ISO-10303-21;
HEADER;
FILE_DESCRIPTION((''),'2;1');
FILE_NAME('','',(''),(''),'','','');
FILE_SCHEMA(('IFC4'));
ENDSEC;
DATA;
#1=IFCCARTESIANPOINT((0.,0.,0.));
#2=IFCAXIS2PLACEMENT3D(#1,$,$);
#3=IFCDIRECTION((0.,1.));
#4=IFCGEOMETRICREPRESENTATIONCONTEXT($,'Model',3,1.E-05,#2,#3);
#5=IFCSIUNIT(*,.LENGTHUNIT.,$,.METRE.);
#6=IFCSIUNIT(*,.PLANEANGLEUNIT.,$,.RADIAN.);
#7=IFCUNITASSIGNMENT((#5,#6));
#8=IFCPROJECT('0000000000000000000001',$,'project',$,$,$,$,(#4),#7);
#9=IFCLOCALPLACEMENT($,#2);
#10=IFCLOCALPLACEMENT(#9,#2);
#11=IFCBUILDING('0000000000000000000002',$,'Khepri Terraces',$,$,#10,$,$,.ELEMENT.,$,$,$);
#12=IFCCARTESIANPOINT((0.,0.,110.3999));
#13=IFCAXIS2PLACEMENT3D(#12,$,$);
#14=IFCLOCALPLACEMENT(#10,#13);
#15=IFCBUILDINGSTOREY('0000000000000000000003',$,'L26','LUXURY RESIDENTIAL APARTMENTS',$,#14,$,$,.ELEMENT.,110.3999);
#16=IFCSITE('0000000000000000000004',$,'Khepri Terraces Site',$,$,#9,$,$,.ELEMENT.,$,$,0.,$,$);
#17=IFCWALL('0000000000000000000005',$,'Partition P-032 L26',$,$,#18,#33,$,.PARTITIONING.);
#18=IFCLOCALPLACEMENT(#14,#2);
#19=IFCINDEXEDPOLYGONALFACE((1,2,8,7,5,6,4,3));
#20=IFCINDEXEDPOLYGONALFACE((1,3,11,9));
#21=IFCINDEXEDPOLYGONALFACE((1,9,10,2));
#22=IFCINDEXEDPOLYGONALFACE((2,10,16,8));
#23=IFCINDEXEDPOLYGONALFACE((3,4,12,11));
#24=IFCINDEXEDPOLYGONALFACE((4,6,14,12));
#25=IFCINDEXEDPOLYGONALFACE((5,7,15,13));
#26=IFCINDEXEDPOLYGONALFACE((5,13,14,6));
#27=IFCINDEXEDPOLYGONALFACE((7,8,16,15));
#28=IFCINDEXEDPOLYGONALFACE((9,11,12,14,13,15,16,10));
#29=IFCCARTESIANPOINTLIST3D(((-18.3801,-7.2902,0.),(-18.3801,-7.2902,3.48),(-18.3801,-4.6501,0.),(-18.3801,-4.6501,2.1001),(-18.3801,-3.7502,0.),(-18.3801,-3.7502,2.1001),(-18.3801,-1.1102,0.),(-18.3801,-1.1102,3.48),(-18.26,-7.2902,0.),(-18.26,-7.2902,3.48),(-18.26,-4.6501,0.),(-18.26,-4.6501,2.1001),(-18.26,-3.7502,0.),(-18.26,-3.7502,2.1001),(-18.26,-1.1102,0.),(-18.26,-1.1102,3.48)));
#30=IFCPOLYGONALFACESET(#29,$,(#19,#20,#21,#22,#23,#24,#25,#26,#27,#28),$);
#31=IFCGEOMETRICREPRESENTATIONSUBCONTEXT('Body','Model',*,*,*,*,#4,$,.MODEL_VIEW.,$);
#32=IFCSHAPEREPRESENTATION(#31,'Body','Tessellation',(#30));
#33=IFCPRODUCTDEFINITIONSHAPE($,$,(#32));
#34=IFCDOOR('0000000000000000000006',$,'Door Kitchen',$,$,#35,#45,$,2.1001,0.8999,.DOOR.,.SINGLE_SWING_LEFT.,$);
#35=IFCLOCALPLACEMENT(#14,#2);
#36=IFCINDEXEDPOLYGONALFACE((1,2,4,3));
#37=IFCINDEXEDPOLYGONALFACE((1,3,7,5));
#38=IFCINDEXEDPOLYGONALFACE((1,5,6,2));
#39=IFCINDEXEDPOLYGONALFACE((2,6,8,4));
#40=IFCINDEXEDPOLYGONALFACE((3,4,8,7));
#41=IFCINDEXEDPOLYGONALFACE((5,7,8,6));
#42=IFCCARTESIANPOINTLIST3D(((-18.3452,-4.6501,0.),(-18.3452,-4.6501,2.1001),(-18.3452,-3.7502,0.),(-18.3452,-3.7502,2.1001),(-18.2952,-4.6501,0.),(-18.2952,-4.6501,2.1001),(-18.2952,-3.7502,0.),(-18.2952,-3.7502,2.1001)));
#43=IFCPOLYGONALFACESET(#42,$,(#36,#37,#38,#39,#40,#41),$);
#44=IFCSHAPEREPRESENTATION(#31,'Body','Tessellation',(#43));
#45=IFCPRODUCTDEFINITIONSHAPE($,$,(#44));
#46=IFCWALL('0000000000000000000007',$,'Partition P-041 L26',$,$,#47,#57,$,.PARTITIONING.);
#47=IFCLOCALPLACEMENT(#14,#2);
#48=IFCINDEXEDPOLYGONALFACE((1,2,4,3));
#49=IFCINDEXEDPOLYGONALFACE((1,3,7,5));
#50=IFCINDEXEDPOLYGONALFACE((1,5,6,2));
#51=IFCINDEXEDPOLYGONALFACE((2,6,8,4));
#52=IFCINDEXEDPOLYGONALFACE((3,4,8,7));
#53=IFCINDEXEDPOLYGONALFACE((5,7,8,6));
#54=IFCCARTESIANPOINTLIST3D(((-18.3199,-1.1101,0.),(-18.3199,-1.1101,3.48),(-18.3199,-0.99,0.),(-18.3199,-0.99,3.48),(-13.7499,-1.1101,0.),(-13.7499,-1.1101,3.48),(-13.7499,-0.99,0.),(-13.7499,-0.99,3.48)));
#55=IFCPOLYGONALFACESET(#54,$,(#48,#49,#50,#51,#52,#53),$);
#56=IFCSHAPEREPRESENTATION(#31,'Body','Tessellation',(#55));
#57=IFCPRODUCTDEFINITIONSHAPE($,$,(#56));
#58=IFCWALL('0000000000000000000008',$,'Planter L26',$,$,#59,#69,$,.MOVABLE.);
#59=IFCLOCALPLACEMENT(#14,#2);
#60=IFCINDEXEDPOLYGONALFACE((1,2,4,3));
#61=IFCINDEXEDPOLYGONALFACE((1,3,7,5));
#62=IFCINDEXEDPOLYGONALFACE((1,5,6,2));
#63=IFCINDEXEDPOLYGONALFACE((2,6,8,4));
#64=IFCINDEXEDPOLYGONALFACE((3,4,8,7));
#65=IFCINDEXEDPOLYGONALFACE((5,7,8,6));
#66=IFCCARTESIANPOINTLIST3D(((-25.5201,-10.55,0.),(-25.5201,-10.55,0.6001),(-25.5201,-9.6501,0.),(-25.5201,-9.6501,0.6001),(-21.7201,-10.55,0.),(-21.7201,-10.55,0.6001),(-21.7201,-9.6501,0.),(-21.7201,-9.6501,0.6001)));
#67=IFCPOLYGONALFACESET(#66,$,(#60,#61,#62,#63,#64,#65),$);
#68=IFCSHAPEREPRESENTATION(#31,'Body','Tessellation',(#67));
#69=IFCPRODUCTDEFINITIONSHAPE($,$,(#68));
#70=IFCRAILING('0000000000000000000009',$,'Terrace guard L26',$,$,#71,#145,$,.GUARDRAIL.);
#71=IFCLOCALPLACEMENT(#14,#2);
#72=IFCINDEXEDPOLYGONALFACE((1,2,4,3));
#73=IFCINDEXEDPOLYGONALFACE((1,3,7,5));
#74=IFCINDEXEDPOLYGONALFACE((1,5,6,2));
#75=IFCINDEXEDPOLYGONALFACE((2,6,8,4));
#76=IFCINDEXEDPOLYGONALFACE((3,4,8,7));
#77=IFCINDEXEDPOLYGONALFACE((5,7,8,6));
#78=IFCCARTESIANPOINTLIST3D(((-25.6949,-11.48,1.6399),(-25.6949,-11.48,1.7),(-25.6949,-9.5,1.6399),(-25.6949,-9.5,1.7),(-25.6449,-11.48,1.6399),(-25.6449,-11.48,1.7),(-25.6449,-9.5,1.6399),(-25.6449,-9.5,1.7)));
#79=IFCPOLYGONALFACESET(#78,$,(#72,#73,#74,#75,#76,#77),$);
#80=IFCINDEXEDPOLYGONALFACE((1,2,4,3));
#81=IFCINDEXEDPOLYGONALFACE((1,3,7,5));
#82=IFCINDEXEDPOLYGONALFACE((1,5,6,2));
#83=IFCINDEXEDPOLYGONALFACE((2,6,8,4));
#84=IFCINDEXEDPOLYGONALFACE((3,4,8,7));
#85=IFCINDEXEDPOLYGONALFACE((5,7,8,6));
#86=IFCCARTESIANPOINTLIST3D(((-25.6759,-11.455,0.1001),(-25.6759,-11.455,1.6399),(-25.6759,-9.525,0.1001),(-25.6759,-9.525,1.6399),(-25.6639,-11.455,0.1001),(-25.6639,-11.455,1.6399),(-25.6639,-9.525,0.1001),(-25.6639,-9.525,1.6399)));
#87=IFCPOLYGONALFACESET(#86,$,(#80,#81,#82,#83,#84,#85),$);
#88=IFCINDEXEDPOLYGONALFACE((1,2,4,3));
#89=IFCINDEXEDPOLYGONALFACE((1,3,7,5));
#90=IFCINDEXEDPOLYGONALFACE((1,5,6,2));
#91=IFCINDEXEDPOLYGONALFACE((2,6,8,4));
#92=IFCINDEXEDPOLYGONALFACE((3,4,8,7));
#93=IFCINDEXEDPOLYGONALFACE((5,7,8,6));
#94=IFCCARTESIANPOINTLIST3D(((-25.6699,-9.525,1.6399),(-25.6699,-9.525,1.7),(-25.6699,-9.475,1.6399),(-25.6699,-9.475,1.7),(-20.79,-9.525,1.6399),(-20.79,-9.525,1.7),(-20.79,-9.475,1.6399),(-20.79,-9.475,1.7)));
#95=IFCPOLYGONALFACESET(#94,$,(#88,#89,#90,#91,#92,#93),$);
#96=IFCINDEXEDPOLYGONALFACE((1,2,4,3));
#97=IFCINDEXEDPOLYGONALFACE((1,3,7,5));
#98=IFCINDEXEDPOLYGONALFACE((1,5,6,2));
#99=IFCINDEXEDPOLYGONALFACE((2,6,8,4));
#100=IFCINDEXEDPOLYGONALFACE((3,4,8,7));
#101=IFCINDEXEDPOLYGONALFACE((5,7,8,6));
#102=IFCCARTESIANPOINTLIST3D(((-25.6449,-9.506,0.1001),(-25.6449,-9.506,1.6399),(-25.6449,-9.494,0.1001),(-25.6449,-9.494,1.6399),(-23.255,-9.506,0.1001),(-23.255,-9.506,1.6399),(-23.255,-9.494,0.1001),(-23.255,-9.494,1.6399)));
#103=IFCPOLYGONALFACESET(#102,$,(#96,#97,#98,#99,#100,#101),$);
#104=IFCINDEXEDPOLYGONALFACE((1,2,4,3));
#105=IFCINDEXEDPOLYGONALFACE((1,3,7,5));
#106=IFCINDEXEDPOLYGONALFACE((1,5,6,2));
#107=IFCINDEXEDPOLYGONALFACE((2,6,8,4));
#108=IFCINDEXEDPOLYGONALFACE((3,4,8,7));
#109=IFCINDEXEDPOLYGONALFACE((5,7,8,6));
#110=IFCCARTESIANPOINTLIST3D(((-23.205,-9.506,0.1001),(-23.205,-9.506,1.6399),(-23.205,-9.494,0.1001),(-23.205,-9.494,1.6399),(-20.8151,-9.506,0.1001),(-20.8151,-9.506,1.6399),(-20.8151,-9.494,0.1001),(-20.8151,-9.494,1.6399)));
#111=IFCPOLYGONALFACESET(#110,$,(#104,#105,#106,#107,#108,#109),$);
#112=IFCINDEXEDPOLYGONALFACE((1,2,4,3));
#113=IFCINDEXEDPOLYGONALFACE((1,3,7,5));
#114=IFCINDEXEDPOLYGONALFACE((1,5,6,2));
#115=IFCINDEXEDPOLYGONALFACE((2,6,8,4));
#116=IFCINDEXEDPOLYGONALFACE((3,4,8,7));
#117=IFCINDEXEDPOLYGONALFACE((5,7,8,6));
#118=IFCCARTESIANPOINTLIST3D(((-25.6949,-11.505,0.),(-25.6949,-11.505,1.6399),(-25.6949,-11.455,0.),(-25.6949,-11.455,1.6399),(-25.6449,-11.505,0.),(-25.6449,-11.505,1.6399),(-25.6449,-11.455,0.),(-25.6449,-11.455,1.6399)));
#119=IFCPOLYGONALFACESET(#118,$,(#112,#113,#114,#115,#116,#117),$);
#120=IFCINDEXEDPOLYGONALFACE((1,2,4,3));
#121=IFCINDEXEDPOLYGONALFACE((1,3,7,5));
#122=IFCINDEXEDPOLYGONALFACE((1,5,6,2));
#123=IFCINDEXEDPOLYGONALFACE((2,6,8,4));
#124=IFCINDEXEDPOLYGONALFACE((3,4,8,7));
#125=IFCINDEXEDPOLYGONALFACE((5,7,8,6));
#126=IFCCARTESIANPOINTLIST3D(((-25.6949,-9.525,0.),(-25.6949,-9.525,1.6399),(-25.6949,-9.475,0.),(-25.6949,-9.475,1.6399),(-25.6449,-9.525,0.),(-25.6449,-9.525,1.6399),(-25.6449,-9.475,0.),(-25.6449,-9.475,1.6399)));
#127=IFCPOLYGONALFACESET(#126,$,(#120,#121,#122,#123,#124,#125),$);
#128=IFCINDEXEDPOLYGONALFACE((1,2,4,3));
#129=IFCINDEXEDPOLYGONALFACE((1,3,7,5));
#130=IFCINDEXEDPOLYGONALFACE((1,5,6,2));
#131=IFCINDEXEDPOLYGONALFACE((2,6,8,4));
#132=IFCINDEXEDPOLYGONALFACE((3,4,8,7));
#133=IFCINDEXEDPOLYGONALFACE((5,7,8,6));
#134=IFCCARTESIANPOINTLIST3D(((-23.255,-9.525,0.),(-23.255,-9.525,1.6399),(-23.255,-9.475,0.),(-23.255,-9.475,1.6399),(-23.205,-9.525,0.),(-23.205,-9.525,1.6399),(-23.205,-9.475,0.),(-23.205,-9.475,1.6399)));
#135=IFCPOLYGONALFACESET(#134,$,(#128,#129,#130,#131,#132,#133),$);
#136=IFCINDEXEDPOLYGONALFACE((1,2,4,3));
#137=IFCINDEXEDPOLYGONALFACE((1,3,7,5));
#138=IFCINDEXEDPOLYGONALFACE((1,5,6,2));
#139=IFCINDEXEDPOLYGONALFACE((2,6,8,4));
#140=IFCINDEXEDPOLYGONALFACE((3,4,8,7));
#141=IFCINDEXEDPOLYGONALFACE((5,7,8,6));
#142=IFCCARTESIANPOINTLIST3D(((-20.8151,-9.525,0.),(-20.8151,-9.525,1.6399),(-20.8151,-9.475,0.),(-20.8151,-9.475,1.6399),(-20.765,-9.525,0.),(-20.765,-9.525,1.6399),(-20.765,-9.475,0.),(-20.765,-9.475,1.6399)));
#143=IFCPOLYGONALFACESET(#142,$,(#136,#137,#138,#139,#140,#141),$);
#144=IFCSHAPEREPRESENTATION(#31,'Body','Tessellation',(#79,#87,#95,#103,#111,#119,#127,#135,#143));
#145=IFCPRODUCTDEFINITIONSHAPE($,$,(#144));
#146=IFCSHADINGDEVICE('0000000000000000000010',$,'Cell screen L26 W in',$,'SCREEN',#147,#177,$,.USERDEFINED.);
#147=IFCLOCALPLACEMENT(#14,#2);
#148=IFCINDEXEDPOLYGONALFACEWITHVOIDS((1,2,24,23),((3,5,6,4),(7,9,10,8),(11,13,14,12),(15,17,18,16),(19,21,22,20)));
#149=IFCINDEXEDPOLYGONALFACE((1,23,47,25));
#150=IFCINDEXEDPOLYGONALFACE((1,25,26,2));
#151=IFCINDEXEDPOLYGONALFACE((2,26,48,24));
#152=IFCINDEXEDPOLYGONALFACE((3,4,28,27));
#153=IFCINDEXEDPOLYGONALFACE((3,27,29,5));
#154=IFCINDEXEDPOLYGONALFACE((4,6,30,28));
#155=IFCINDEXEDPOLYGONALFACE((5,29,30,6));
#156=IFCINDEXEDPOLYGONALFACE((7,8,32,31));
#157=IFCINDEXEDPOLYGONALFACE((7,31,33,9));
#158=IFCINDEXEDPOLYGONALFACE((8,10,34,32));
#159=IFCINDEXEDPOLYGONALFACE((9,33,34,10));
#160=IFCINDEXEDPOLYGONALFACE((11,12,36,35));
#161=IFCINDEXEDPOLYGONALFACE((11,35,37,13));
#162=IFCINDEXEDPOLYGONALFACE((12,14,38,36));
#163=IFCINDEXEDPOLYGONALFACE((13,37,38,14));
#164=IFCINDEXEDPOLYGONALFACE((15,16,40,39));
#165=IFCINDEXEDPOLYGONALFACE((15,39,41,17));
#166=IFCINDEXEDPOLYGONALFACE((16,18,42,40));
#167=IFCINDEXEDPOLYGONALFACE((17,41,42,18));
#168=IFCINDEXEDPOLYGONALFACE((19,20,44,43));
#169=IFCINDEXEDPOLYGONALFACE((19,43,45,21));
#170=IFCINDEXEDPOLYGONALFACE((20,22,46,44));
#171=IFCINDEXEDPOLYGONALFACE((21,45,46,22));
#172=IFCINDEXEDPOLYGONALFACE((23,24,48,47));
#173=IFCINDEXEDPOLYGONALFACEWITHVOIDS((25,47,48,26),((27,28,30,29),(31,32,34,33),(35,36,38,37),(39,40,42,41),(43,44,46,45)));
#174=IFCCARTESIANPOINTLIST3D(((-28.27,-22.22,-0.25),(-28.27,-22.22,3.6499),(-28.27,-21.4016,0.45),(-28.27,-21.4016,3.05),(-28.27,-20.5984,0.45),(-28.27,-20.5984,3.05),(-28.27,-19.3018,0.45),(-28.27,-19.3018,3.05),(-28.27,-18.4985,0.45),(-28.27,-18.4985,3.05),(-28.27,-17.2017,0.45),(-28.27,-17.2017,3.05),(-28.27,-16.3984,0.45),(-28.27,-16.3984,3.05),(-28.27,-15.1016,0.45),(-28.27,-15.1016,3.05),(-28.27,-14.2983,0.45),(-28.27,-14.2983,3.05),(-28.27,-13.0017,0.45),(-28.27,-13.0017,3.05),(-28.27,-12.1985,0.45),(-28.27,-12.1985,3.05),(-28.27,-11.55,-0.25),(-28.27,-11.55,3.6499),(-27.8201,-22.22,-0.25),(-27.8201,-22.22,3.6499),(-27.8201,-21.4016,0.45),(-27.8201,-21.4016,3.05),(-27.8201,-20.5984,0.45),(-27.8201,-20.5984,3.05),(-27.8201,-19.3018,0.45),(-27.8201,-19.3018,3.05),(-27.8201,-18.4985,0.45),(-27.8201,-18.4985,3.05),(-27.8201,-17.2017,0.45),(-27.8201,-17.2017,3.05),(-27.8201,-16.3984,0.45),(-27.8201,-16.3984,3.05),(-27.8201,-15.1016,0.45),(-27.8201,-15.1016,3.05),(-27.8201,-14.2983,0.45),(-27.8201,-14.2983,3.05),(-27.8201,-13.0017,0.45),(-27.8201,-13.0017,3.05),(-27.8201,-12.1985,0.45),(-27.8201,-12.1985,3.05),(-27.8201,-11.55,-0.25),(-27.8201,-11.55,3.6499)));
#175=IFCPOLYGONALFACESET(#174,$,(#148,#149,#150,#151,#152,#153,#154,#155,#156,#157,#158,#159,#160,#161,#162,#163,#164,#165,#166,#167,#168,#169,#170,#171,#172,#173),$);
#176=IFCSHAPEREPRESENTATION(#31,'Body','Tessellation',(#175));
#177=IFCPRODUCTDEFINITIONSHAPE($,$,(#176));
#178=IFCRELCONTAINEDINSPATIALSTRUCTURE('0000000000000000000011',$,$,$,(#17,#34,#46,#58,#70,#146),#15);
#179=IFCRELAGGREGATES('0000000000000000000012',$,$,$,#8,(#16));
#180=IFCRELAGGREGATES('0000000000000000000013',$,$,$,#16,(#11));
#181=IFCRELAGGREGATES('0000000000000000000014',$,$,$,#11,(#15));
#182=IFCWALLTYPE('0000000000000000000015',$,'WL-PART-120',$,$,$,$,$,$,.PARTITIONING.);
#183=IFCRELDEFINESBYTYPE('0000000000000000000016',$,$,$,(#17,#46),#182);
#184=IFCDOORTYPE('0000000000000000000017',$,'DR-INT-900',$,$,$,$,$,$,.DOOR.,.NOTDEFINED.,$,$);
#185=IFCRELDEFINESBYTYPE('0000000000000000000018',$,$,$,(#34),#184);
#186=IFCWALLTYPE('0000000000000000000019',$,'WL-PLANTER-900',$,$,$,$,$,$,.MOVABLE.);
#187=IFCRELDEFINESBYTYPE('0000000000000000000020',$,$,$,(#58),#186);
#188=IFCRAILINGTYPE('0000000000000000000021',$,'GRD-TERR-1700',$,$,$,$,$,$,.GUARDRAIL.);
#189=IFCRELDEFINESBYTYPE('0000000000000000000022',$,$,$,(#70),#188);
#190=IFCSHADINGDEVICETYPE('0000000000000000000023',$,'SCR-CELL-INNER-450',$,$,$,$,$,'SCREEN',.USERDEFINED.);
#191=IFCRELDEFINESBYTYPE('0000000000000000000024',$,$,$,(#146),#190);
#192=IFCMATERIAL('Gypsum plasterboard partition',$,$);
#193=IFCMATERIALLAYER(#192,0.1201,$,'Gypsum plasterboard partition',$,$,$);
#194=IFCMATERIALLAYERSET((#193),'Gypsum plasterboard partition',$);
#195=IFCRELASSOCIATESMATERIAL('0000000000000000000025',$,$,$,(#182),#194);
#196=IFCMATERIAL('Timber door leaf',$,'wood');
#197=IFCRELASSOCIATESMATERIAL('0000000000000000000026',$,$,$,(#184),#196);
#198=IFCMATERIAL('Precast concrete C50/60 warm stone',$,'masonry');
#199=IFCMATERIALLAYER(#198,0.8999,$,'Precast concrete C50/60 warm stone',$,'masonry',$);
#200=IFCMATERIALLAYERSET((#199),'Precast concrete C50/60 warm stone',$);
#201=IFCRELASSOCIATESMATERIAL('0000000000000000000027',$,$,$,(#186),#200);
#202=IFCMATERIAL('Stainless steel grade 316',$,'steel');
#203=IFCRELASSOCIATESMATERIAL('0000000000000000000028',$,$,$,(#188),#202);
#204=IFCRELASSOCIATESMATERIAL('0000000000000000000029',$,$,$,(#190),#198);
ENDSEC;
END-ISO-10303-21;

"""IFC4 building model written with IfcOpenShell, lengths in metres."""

from ifc_helpers import new_model, si_unit, direction, frame, frame_2d, origin, origin_2d, place, context, subcontext, project, spatial, polyline, rectangle, outline, extrude, material, layer, layer_set, type_object, element, fill, save


model = new_model("IFC4")

# Units and contexts
model_context = context("Model", 3, precision=1e-05, world=origin(), true_north=direction((0.0, 1.0)))
body_context = subcontext(model_context, "Body", "Model", "MODEL_VIEW")
ifc_project = project(units=[si_unit("LENGTHUNIT", "METRE"), si_unit("PLANEANGLEUNIT", "RADIAN")], contexts=[model_context])

# Site, building, storey
site_placement = place(None, origin())
site = spatial("IfcSite", under=ifc_project, at=site_placement, Name="Khepri Terraces Site", CompositionType="ELEMENT", RefElevation=0.0)
building_placement = place(site_placement, origin())
building = spatial("IfcBuilding", under=site, at=building_placement, Name="Khepri Terraces", CompositionType="ELEMENT")
storey_placement = place(building_placement, frame((0.0, 0.0, 110.3999)))
storey = spatial("IfcBuildingStorey", under=building, at=storey_placement, Name="L26", Description="LUXURY RESIDENTIAL APARTMENTS", CompositionType="ELEMENT", Elevation=110.3999)

# Shared definitions
ifc_material_1 = material(Name="Gypsum plasterboard partition")
ifc_layer_1 = layer(ifc_material_1, 0.1201, Name="Gypsum plasterboard partition")
ifc_layer_set_1 = layer_set([ifc_layer_1], Name="Gypsum plasterboard partition")
wall_type_1 = type_object("IfcWallType", Name="WL-PART-120", PredefinedType="PARTITIONING", material=ifc_layer_set_1)

# Wall, opening, door
wall_1_placement = place(storey_placement, frame((-18.3201, -7.29, 0.0), z_axis=(0.0, 0.0, 1.0), x_axis=(0.0, 1.0, 0.0)))
wall_1 = element("IfcWall", 1, at=wall_1_placement, inside=storey, type_object=wall_type_1, Name="Partition P-032 L26", PredefinedType="PARTITIONING", context=body_context, shape_type="SweptSolid", body=[
    extrude(rectangle(XDim=6.1799, YDim=0.1201, at=frame_2d((3.0898, 0.0))), origin(), (0.0, 0.0, 1.0), 3.48),
])
opening_1_placement = place(wall_1_placement, frame((2.6399, 0.0, 0.0)))
opening_1 = element("IfcOpeningElement", 2, at=opening_1_placement, cuts=wall_1, PredefinedType="OPENING", context=body_context, shape_type="SweptSolid", body=[
    extrude(rectangle(XDim=0.8999, YDim=2.1001, at=frame_2d((0.45, 1.05))), frame((0.0, 0.0701, 0.0), z_axis=(0.0, -1.0, 0.0), x_axis=(1.0, 0.0, 0.0)), (0.0, 0.0, 1.0), 0.1401),
])
ifc_material_2 = material(Name="Timber door leaf", Category="wood")
door_type_1 = type_object("IfcDoorType", Name="DR-INT-900", OperationType="NOTDEFINED", PredefinedType="DOOR", material=ifc_material_2)
door_1_placement = place(opening_1_placement, frame((0.8999, 0.0, 0.0), z_axis=(0.0, 0.0, 1.0), x_axis=(-1.0, 0.0, 0.0)))
door_1 = element("IfcDoor", 3, at=door_1_placement, inside=storey, type_object=door_type_1, Name="Door Kitchen", OperationType="SINGLE_SWING_LEFT", OverallHeight=2.1001, OverallWidth=0.8999, PredefinedType="DOOR", context=body_context, shape_type="SweptSolid", body=[
    extrude(rectangle(XDim=0.8999, YDim=2.1001, at=frame_2d((0.45, 1.05))), frame((0.0, 0.0249, 0.0), z_axis=(0.0, -1.0, 0.0), x_axis=(1.0, 0.0, 0.0)), (0.0, 0.0, 1.0), 0.05),
])
fill(opening_1, door_1)

# Walls
wall_2_placement = place(storey_placement, frame((-18.3201, -1.05, 0.0), z_axis=(0.0, 0.0, 1.0), x_axis=(1.0, 0.0, 0.0)))
element("IfcWall", 4, at=wall_2_placement, inside=storey, type_object=wall_type_1, Name="Partition P-041 L26", PredefinedType="PARTITIONING", context=body_context, shape_type="SweptSolid", body=[
    extrude(rectangle(XDim=4.5701, YDim=0.1201, at=frame_2d((2.2852, 0.0))), origin(), (0.0, 0.0, 1.0), 3.48),
])
ifc_material_3 = material(Name="Precast concrete C50/60 warm stone", Category="masonry")
ifc_layer_2 = layer(ifc_material_3, 0.8999, Name="Precast concrete C50/60 warm stone", Category="masonry")
ifc_layer_set_2 = layer_set([ifc_layer_2], Name="Precast concrete C50/60 warm stone")
wall_type_2 = type_object("IfcWallType", Name="WL-PLANTER-900", PredefinedType="MOVABLE", material=ifc_layer_set_2)
wall_3_placement = place(storey_placement, frame((-25.52, -10.1001, 0.0), z_axis=(0.0, 0.0, 1.0), x_axis=(1.0, 0.0, 0.0)))
element("IfcWall", 5, at=wall_3_placement, inside=storey, type_object=wall_type_2, Name="Planter L26", PredefinedType="MOVABLE", context=body_context, shape_type="SweptSolid", body=[
    extrude(rectangle(XDim=3.8, YDim=0.8999, at=frame_2d((1.8999, 0.0))), origin(), (0.0, 0.0, 1.0), 0.6001),
])

# Railing
ifc_material_4 = material(Name="Stainless steel grade 316", Category="steel")
railing_type = type_object("IfcRailingType", Name="GRD-TERR-1700", PredefinedType="GUARDRAIL", material=ifc_material_4)
railing_placement = place(storey_placement, frame((-25.6699, -11.48, 0.0)))
element("IfcRailing", 6, at=railing_placement, inside=storey, type_object=railing_type, Name="Terrace guard L26", PredefinedType="GUARDRAIL", context=body_context, shape_type="SweptSolid", body=[
    extrude(rectangle(XDim=0.05, YDim=0.0601, at=origin_2d()), frame((0.0, 0.0, 1.6699), z_axis=(0.0, 1.0, 0.0), x_axis=(-1.0, 0.0, 0.0)), (0.0, 0.0, 1.0), 1.98),
    extrude(rectangle(XDim=1.9299, YDim=0.012, at=origin_2d()), frame((0.0, 0.99, 0.1001), z_axis=(0.0, 0.0, 1.0), x_axis=(0.0, 1.0, 0.0)), (0.0, 0.0, 1.0), 1.5398),
    extrude(rectangle(XDim=0.05, YDim=0.0601, at=origin_2d()), frame((0.0, 1.98, 1.6699), z_axis=(1.0, 0.0, 0.0), x_axis=(0.0, 1.0, 0.0)), (0.0, 0.0, 1.0), 4.8799),
    extrude(rectangle(XDim=2.3899, YDim=0.012, at=origin_2d()), frame((1.22, 1.98, 0.1001), z_axis=(0.0, 0.0, 1.0), x_axis=(1.0, 0.0, 0.0)), (0.0, 0.0, 1.0), 1.5398),
    extrude(rectangle(XDim=2.3899, YDim=0.012, at=origin_2d()), frame((3.6599, 1.98, 0.1001), z_axis=(0.0, 0.0, 1.0), x_axis=(1.0, 0.0, 0.0)), (0.0, 0.0, 1.0), 1.5398),
    extrude(rectangle(XDim=0.05, YDim=0.05, at=origin_2d()), origin(), (0.0, 0.0, 1.0), 1.6399),
    extrude(rectangle(XDim=0.05, YDim=0.05, at=origin_2d()), frame((0.0, 1.98, 0.0)), (0.0, 0.0, 1.0), 1.6399),
    extrude(rectangle(XDim=0.05, YDim=0.05, at=origin_2d()), frame((2.4399, 1.98, 0.0)), (0.0, 0.0, 1.0), 1.6399),
    extrude(rectangle(XDim=0.05, YDim=0.05, at=origin_2d()), frame((4.8799, 1.98, 0.0)), (0.0, 0.0, 1.0), 1.6399),
])

# Shading device
shading_device_type = type_object("IfcShadingDeviceType", Name="SCR-CELL-INNER-450", ElementType="SCREEN", PredefinedType="USERDEFINED", material=ifc_material_3)
shading_device_placement = place(storey_placement, frame((-27.8201, -11.55, -0.25), z_axis=(-1.0, 0.0, 0.0), x_axis=(0.0, -1.0, 0.0)))
element("IfcShadingDevice", 7, at=shading_device_placement, inside=storey, type_object=shading_device_type, Name="Cell screen L26 W in", ObjectType="SCREEN", PredefinedType="USERDEFINED", context=body_context, shape_type="SweptSolid", body=[
    extrude(outline(polyline([(0.0, 0.0), (10.6699, 0.0), (10.6699, 3.8999), (0.0, 3.8999), (0.0, 0.0)]), holes=[polyline([(0.6484, 0.7), (1.4517, 0.7), (1.4517, 3.3), (0.6484, 3.3), (0.6484, 0.7)]), polyline([(2.7483, 0.7), (3.5515, 0.7), (3.5515, 3.3), (2.7483, 3.3), (2.7483, 0.7)]), polyline([(4.8484, 0.7), (5.6516, 0.7), (5.6516, 3.3), (4.8484, 3.3), (4.8484, 0.7)]), polyline([(6.9485, 0.7), (7.7517, 0.7), (7.7517, 3.3), (6.9485, 3.3), (6.9485, 0.7)]), polyline([(9.0483, 0.7), (9.8516, 0.7), (9.8516, 3.3), (9.0483, 3.3), (9.0483, 0.7)])]), origin(), (0.0, 0.0, 1.0), 0.45),
])

save(model, "model.ifc")
